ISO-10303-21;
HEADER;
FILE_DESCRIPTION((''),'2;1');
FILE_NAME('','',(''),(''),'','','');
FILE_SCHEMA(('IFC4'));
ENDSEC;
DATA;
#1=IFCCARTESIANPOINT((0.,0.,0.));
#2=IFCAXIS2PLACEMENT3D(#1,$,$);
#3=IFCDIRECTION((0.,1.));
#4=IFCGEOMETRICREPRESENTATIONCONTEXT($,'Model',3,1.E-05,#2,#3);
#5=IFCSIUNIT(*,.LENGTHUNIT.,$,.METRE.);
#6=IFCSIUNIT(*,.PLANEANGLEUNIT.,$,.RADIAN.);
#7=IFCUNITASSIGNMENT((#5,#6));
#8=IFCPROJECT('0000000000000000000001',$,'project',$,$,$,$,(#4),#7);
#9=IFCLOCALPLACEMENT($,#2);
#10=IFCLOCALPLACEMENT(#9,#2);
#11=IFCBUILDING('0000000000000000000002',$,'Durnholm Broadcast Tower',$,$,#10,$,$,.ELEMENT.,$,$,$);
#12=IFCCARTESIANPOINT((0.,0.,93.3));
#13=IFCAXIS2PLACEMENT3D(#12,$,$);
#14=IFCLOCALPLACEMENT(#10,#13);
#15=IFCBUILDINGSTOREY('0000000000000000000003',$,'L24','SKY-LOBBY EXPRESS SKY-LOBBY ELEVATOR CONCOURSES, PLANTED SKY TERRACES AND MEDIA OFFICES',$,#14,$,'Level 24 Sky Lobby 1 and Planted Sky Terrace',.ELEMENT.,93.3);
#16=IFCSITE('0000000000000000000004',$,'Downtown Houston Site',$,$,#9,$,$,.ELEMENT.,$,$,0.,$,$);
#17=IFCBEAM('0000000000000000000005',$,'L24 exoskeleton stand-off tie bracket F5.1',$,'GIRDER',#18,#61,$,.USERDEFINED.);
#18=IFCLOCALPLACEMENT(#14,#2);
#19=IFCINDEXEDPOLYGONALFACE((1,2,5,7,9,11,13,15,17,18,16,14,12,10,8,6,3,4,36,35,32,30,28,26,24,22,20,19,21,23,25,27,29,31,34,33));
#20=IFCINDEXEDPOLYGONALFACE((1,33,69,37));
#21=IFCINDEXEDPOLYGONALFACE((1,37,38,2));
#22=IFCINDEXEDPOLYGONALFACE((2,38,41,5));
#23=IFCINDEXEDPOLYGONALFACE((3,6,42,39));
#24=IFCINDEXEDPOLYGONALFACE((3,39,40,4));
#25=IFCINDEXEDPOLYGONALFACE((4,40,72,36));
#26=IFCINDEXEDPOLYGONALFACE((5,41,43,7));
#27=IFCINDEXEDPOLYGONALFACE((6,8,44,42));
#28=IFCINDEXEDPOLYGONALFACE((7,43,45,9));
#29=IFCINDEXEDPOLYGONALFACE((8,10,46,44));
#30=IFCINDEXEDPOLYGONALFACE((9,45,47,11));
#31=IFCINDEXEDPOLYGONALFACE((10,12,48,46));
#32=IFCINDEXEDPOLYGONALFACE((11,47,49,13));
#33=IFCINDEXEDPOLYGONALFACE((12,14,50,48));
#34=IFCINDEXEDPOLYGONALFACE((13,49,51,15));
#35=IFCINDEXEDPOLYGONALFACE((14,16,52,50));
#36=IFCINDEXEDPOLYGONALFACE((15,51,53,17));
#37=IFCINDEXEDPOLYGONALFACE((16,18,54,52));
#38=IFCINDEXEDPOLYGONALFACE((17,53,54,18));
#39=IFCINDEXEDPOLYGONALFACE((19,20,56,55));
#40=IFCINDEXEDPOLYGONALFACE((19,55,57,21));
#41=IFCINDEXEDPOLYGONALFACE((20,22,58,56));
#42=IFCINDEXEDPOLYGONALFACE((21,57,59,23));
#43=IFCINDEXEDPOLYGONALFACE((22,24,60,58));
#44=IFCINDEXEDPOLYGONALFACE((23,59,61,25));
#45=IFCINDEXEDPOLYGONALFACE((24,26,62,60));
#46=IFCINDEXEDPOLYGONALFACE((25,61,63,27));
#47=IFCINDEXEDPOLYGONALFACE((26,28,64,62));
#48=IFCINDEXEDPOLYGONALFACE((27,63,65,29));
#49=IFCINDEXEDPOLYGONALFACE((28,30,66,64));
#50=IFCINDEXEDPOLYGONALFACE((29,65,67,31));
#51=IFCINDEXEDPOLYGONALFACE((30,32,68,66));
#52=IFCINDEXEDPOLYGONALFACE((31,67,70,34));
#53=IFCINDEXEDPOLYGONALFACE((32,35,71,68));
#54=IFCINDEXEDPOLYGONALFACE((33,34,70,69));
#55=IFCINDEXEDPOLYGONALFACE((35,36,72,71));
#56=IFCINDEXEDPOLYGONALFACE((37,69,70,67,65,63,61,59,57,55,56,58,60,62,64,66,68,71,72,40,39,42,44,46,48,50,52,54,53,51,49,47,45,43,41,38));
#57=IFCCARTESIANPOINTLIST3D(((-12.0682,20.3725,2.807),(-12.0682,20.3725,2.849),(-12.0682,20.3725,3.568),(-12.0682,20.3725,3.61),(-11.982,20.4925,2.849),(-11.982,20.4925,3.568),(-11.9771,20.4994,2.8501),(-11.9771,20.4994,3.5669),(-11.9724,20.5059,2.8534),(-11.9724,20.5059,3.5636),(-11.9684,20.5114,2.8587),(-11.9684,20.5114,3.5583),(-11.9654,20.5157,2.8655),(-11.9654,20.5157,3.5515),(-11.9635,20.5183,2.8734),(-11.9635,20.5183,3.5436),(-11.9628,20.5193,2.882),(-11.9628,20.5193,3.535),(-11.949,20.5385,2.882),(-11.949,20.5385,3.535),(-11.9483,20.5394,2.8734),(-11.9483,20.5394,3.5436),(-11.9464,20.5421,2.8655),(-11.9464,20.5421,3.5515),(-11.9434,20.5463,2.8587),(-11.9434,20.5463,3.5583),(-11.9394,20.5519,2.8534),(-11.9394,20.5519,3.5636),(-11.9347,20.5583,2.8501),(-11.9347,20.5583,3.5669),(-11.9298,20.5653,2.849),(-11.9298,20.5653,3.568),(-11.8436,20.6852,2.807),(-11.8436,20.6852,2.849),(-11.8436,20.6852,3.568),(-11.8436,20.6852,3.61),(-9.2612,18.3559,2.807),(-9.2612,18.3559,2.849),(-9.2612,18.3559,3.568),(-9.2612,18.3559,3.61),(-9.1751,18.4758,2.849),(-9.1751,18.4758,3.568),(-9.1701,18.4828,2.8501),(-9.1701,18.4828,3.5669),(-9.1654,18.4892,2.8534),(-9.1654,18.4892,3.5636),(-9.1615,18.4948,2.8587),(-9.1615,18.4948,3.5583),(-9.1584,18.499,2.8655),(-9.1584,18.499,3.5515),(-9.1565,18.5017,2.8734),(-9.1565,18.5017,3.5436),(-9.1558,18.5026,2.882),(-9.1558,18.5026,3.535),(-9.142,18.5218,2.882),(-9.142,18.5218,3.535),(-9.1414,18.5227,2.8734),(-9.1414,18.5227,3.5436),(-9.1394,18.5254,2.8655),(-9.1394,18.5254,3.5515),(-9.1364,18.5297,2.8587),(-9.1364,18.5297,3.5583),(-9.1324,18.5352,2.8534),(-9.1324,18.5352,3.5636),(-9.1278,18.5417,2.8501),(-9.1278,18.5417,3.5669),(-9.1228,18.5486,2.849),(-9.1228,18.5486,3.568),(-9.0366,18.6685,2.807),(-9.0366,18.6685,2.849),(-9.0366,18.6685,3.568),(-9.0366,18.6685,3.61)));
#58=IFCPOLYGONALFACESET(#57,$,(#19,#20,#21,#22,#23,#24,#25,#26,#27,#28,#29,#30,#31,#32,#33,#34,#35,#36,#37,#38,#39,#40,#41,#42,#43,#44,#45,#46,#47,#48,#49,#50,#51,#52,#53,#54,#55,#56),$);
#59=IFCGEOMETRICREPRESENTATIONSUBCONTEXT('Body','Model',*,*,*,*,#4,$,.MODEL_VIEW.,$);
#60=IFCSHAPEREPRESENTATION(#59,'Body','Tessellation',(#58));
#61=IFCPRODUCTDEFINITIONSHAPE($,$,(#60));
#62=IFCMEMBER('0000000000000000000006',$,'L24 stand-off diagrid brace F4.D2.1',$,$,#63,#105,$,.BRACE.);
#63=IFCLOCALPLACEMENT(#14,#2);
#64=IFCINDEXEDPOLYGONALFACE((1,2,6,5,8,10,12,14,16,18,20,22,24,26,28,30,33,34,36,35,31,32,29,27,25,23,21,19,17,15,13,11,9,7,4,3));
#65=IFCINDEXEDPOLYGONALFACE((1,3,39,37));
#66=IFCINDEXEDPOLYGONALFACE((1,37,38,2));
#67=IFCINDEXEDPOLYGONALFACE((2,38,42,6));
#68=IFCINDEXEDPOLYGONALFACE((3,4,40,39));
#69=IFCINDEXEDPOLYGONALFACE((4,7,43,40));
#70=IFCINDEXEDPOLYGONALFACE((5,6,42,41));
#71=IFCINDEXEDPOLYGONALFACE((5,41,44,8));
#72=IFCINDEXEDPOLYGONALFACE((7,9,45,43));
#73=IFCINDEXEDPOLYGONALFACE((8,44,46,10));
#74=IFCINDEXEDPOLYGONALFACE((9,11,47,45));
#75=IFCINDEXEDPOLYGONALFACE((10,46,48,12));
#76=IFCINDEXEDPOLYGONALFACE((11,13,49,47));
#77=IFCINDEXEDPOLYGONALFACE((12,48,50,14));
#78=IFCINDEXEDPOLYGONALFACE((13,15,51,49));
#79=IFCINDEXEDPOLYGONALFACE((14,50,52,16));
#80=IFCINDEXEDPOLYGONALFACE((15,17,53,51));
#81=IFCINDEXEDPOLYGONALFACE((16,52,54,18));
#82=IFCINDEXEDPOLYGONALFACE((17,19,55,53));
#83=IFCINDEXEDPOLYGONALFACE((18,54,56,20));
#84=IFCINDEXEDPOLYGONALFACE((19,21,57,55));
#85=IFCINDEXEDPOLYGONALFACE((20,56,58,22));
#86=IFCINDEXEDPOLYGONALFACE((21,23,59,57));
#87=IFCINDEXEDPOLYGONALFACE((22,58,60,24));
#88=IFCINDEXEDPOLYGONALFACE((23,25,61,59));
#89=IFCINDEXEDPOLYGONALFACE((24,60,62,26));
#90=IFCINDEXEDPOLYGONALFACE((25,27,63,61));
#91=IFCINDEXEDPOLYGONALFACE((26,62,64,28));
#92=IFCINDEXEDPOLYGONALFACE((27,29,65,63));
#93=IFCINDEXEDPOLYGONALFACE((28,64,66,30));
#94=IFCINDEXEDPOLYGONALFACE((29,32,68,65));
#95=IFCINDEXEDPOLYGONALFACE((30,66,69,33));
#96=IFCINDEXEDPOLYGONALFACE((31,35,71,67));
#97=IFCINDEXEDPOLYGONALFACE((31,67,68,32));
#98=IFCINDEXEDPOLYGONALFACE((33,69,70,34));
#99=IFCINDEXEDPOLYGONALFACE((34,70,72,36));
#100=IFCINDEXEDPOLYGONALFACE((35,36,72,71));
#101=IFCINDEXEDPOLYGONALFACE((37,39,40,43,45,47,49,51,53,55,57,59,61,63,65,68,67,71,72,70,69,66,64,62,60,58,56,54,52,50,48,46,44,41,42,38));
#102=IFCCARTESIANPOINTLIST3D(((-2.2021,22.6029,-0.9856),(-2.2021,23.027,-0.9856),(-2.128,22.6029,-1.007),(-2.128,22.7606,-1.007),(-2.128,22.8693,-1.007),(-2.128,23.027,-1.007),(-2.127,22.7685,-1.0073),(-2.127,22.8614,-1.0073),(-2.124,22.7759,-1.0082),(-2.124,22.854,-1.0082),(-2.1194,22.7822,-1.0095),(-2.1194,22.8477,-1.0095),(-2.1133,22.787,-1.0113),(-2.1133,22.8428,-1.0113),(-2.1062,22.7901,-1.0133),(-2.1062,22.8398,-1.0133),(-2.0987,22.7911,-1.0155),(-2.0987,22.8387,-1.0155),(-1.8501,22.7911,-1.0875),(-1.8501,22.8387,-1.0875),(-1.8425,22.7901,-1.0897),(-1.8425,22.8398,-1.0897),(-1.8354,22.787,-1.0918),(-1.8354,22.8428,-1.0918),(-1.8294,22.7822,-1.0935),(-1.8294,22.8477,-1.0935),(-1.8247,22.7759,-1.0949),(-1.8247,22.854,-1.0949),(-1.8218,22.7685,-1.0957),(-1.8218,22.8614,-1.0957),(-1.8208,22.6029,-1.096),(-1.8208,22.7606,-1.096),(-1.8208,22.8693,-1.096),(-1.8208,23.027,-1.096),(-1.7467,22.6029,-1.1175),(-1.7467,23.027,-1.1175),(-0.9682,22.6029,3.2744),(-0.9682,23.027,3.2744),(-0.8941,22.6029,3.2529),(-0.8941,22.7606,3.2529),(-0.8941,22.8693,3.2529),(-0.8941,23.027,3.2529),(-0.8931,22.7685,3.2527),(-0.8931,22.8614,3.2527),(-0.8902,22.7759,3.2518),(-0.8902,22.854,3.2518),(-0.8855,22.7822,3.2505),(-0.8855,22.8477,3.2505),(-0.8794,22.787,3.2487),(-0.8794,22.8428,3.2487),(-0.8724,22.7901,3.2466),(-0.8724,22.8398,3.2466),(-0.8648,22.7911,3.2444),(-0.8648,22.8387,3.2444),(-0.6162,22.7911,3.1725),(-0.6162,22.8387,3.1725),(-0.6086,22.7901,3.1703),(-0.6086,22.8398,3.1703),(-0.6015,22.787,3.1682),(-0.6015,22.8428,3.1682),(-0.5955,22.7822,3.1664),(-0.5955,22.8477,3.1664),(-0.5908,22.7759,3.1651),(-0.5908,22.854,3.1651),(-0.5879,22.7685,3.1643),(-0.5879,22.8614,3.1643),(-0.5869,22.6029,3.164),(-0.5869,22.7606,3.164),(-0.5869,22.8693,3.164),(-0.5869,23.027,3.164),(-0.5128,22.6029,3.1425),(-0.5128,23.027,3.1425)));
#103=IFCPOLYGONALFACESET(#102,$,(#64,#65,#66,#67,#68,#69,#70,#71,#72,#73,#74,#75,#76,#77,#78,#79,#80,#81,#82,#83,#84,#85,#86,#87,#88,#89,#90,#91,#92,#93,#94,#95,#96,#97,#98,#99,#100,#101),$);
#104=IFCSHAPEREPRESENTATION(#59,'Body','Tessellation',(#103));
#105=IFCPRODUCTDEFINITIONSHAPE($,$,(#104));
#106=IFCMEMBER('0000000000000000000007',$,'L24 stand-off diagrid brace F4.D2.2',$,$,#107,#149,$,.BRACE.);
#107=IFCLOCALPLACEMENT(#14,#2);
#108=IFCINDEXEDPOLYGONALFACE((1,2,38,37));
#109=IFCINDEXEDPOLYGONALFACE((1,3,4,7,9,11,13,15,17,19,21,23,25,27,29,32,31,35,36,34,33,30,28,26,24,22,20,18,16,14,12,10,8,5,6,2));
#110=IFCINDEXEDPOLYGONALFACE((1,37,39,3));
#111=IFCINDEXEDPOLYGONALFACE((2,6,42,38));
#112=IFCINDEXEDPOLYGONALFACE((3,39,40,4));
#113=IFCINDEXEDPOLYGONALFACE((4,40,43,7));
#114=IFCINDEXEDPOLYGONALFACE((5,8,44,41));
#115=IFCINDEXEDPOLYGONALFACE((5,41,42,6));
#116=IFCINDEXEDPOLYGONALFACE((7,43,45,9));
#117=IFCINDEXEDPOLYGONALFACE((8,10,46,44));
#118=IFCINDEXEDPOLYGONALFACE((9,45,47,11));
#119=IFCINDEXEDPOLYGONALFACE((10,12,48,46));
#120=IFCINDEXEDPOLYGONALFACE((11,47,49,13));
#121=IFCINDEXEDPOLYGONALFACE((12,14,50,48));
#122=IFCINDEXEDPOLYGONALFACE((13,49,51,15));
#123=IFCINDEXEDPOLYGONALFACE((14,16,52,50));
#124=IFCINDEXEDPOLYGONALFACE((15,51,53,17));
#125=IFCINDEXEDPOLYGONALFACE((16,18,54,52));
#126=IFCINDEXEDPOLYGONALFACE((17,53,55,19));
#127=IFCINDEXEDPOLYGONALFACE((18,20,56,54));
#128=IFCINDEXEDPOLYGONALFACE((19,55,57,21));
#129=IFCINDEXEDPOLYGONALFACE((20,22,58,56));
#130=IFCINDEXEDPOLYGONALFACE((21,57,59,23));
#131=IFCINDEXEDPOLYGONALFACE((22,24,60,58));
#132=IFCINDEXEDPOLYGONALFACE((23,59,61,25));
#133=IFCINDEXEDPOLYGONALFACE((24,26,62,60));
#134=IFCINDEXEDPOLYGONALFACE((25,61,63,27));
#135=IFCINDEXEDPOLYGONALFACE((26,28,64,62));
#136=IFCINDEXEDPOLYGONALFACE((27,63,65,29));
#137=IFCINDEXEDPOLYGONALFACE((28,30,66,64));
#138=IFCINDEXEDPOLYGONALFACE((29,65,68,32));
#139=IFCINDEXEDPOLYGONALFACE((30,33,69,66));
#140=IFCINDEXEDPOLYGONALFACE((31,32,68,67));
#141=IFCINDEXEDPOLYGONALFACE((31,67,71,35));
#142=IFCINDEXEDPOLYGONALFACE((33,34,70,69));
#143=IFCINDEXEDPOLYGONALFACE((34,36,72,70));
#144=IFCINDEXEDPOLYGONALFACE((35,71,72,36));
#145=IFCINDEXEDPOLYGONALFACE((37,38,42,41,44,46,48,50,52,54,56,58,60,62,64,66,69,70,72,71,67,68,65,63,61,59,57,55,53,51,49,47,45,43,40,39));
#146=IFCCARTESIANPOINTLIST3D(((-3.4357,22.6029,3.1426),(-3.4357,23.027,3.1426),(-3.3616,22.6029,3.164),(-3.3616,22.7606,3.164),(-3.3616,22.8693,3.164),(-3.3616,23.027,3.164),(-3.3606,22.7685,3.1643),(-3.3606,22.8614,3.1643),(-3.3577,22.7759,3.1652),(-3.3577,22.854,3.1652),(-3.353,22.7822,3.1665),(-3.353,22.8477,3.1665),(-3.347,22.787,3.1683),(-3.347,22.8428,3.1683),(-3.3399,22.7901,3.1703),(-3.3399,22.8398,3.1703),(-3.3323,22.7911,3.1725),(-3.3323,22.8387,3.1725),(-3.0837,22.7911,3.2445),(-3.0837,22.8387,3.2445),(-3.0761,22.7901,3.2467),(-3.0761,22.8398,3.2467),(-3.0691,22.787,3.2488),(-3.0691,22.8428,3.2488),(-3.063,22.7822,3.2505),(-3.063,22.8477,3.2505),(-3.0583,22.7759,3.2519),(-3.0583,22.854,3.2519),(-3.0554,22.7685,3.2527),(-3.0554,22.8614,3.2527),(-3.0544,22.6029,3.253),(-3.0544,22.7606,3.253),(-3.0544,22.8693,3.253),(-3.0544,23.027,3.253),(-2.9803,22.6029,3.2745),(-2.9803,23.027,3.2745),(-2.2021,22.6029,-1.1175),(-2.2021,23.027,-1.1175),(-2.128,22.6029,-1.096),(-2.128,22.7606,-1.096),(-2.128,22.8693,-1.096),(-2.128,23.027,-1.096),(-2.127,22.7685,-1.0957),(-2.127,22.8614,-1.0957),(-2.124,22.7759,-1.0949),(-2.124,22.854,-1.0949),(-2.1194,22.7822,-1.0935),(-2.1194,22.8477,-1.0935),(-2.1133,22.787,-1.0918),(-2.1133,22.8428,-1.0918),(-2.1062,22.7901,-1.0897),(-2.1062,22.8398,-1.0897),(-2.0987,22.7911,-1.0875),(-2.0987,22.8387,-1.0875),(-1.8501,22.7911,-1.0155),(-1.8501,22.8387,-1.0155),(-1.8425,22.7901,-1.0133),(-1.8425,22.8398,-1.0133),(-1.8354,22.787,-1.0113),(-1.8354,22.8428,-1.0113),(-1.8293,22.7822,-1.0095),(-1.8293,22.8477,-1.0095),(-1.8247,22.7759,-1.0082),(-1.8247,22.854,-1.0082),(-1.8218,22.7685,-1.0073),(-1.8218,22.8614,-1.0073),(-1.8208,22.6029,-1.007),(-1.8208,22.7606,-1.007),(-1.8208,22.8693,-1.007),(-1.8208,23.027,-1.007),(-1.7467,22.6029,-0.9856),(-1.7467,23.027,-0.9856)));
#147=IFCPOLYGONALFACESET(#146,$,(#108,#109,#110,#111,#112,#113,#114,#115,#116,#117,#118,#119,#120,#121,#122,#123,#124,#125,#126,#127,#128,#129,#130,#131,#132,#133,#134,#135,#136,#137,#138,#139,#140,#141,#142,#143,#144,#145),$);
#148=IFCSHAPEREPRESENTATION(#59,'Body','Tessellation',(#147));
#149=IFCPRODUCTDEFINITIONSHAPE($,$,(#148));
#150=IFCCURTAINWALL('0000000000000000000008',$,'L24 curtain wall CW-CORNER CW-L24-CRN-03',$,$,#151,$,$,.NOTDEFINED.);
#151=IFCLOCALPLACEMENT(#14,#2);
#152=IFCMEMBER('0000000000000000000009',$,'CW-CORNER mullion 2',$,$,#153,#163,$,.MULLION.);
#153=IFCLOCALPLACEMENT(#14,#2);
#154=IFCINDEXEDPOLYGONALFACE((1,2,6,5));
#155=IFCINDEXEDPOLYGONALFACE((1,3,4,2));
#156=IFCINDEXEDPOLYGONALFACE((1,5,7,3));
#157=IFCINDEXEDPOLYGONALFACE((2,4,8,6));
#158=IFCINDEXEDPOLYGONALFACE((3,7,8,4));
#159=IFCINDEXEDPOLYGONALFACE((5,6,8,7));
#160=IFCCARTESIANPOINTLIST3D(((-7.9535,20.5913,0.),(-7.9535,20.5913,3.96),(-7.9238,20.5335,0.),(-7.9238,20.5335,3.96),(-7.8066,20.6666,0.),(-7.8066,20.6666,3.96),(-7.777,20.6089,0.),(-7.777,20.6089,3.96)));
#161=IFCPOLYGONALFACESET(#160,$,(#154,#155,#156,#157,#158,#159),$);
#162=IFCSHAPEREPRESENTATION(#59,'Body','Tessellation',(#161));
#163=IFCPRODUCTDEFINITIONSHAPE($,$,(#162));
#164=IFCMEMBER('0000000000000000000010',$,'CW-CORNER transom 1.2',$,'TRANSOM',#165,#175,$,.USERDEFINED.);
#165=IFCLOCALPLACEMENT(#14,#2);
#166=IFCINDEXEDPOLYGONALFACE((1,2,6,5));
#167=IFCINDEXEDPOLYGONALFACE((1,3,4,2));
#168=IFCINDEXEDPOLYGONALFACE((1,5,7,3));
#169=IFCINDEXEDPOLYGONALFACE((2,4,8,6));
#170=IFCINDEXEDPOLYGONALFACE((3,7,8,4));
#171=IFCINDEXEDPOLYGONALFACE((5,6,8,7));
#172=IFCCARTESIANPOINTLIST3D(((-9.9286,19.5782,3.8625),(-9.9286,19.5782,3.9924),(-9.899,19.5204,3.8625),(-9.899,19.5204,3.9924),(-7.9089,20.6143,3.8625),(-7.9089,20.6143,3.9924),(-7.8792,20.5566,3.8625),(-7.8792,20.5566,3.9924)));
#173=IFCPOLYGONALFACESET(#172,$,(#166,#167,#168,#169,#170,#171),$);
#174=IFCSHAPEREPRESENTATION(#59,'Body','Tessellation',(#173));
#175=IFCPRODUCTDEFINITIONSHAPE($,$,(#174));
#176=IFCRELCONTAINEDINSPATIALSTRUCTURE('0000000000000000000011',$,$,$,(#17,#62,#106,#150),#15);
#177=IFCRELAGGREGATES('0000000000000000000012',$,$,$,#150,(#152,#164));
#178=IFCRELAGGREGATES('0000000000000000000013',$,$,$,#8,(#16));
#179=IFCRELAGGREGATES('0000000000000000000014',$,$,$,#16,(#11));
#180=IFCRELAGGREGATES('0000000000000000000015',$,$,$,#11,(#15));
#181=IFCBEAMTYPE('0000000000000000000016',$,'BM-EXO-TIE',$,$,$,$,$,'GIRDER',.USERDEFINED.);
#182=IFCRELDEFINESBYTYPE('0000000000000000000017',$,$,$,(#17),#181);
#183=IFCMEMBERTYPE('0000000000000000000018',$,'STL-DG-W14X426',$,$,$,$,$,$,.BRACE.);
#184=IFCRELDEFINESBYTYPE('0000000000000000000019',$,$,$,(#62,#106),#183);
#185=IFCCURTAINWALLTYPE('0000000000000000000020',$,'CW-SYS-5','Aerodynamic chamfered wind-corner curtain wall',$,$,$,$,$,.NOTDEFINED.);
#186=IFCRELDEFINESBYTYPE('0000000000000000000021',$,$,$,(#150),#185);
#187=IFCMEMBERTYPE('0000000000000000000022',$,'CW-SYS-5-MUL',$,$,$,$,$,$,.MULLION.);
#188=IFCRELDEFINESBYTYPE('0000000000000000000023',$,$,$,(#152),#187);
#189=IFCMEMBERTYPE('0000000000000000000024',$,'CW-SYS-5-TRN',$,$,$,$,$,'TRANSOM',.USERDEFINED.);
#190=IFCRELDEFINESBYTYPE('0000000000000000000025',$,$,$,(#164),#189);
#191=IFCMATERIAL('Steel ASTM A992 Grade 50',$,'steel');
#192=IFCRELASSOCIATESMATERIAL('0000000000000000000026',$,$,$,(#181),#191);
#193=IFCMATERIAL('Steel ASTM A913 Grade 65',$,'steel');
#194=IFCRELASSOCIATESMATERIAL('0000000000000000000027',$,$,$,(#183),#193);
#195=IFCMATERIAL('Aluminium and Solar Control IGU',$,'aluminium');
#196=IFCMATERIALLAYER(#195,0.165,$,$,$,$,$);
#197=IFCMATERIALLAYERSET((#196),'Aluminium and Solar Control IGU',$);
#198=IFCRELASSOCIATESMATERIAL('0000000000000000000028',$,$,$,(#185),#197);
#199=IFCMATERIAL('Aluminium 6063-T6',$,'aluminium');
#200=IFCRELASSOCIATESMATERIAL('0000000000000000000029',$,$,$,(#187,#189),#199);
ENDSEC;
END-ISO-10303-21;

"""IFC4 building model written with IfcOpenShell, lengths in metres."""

from ifc_helpers import new_model, si_unit, direction, frame, origin, origin_2d, place, context, subcontext, project, spatial, rectangle, i_section, extrude, source, transform, mapped, material, layer, layer_set, material_profile, profile_set, type_object, type_shapes, element, aggregate, save


model = new_model("IFC4")

# Units and contexts
model_context = context("Model", 3, precision=1e-05, world=origin(), true_north=direction((0.0, 1.0)))
body_context = subcontext(model_context, "Body", "Model", "MODEL_VIEW")
ifc_project = project(units=[si_unit("LENGTHUNIT", "METRE"), si_unit("PLANEANGLEUNIT", "RADIAN")], contexts=[model_context])

# Site, building, storey
site_placement = place(None, origin())
site = spatial("IfcSite", under=ifc_project, at=site_placement, Name="Downtown Houston Site", CompositionType="ELEMENT", RefElevation=0.0)
building_placement = place(site_placement, origin())
building = spatial("IfcBuilding", under=site, at=building_placement, Name="Durnholm Broadcast Tower", CompositionType="ELEMENT")
storey_placement = place(building_placement, frame((0.0, 0.0, 93.3)))
storey = spatial("IfcBuildingStorey", under=building, at=storey_placement, Name="L24", Description="SKY-LOBBY EXPRESS SKY-LOBBY ELEVATOR CONCOURSES, PLANTED SKY TERRACES AND MEDIA OFFICES", LongName="Level 24 Sky Lobby 1 and Planted Sky Terrace", CompositionType="ELEMENT", Elevation=93.3)

# Beam
ifc_material_1 = material(Name="Steel ASTM A992 Grade 50", Category="steel")
ifc_material_profile_1 = material_profile(ifc_material_1, i_section(OverallWidth=0.385, OverallDepth=0.803, WebThickness=0.0237, FlangeThickness=0.042, FilletRadius=0.033, at=origin_2d()), Name="W30X261")
ifc_profile_set_1 = profile_set([ifc_material_profile_1], Name="Steel ASTM A992 Grade 50")
beam_type_1 = type_object("IfcBeamType", Name="BM-EXO-TIE", ElementType="GIRDER", PredefinedType="USERDEFINED", material=ifc_profile_set_1)
shared_shape_1 = source(origin(), body_context, "Body", "SweptSolid", [
    extrude(i_section(OverallWidth=0.385, OverallDepth=0.803, WebThickness=0.0237, FlangeThickness=0.042, FilletRadius=0.033, at=origin_2d()), origin(), (0.0, 0.0, 1.0), 3.4563),
])
beam_1_placement = place(storey_placement, frame((-9.1489, 18.5122, 3.2085), z_axis=(-0.812131, 0.583474, 0.0), x_axis=(-0.583474, -0.812131, 0.0)))
element("IfcBeam", 1, at=beam_1_placement, inside=storey, type_object=beam_type_1, Name="L24 exoskeleton stand-off tie bracket F5.1", ObjectType="GIRDER", PredefinedType="USERDEFINED", context=body_context, shape_type="MappedRepresentation", body=[
    mapped(shared_shape_1, transform((0.0, 0.0, 0.0), x_axis=(1.0, 0.0, 0.0), y_axis=(0.0, 1.0, 0.0), z_axis=(0.0, 0.0, 1.0), scale=1.0)),
])

# Members
ifc_material_2 = material(Name="Steel ASTM A913 Grade 65", Category="steel")
ifc_material_profile_2 = material_profile(ifc_material_2, i_section(OverallWidth=0.4241, OverallDepth=0.4741, WebThickness=0.0476, FlangeThickness=0.0771, FilletRadius=0.0305, at=origin_2d()), Name="W14X426")
ifc_profile_set_2 = profile_set([ifc_material_profile_2], Name="Steel ASTM A913 Grade 65")
member_type_1 = type_object("IfcMemberType", Name="STL-DG-W14X426", PredefinedType="BRACE", material=ifc_profile_set_2)
shared_shape_2 = source(origin(), body_context, "Body", "SweptSolid", [
    extrude(i_section(OverallWidth=0.4241, OverallDepth=0.4741, WebThickness=0.0476, FlangeThickness=0.0771, FilletRadius=0.0305, at=origin_2d()), origin(), (0.0, 0.0, 1.0), 4.4351),
])
type_shapes(member_type_1, [shared_shape_2])
for number, where, z_axis, x_axis, name in (
    (2, (-1.9744, 22.8149, -1.0515), (0.278209, 0.0, 0.960521), (0.0, 1.0, 0.0), "L24 stand-off diagrid brace F4.D2.1"),
    (3, (-1.9744, 22.8149, -1.0515), (-0.278158, 0.0, 0.960535), (0.0, -1.0, 0.0), "L24 stand-off diagrid brace F4.D2.2"),
):
    element("IfcMember", number, at=place(storey_placement, frame(where, z_axis=z_axis, x_axis=x_axis)), inside=storey, type_object=member_type_1, Name=name, PredefinedType="BRACE", context=body_context, shape_type="MappedRepresentation", body=[
        mapped(shared_shape_2, transform((0.0, 0.0, 0.0), x_axis=(1.0, 0.0, 0.0), y_axis=(0.0, 1.0, 0.0), z_axis=(0.0, 0.0, 1.0), scale=1.0)),
    ])

# Curtain wall, members
ifc_material_3 = material(Name="Aluminium and Solar Control IGU", Category="aluminium")
ifc_layer_1 = layer(ifc_material_3, 0.165)
ifc_layer_set_1 = layer_set([ifc_layer_1], Name="Aluminium and Solar Control IGU")
curtain_wall_type = type_object("IfcCurtainWallType", Name="CW-SYS-5", Description="Aerodynamic chamfered wind-corner curtain wall", PredefinedType="NOTDEFINED", material=ifc_layer_set_1)
curtain_wall_placement = place(storey_placement, origin())
curtain_wall = element("IfcCurtainWall", 4, at=curtain_wall_placement, inside=storey, type_object=curtain_wall_type, Name="L24 curtain wall CW-CORNER CW-L24-CRN-03", PredefinedType="NOTDEFINED")
ifc_material_4 = material(Name="Aluminium 6063-T6", Category="aluminium")
ifc_material_profile_3 = material_profile(ifc_material_4, rectangle(XDim=0.0649, YDim=0.165, at=origin_2d()), Name="CWM65X165")
ifc_profile_set_3 = profile_set([ifc_material_profile_3], Name="Aluminium 6063-T6")
member_type_2 = type_object("IfcMemberType", Name="CW-SYS-5-MUL", PredefinedType="MULLION", material=ifc_profile_set_3)
shared_shape_3 = source(origin(), body_context, "Body", "SweptSolid", [
    extrude(rectangle(XDim=0.0649, YDim=0.165, at=origin_2d()), origin(), (0.0, 0.0, 1.0), 3.96),
])
type_shapes(member_type_2, [shared_shape_3])
member_1_placement = place(storey_placement, frame((-7.8652, 20.6001, 0.0), z_axis=(0.0, 0.0, 1.0), x_axis=(-0.456373, 0.889788, 0.0)))
member_1 = element("IfcMember", 5, at=member_1_placement, type_object=member_type_2, Name="CW-CORNER mullion 2", PredefinedType="MULLION", context=body_context, shape_type="MappedRepresentation", body=[
    mapped(shared_shape_3, transform((0.0, 0.0, 0.0), x_axis=(1.0, 0.0, 0.0), y_axis=(0.0, 1.0, 0.0), z_axis=(0.0, 0.0, 1.0), scale=1.0)),
])
ifc_material_profile_4 = material_profile(ifc_material_4, rectangle(XDim=0.0649, YDim=0.1299, at=origin_2d()), Name="CWT65X130")
ifc_profile_set_4 = profile_set([ifc_material_profile_4], Name="Aluminium 6063-T6")
member_type_3 = type_object("IfcMemberType", Name="CW-SYS-5-TRN", ElementType="TRANSOM", PredefinedType="USERDEFINED", material=ifc_profile_set_4)
shared_shape_4 = source(origin(), body_context, "Body", "SweptSolid", [
    extrude(rectangle(XDim=0.0649, YDim=0.1299, at=origin_2d()), origin(), (0.0, 0.0, 1.0), 2.27),
])
type_shapes(member_type_3, [shared_shape_4])
member_2_placement = place(storey_placement, frame((-9.9138, 19.5493, 3.9275), z_axis=(0.889755, 0.456439, 0.0), x_axis=(-0.456439, 0.889755, 0.0)))
member_2 = element("IfcMember", 6, at=member_2_placement, type_object=member_type_3, Name="CW-CORNER transom 1.2", ObjectType="TRANSOM", PredefinedType="USERDEFINED", context=body_context, shape_type="MappedRepresentation", body=[
    mapped(shared_shape_4, transform((0.0, 0.0, 0.0), x_axis=(1.0, 0.0, 0.0), y_axis=(0.0, 1.0, 0.0), z_axis=(0.0, 0.0, 1.0), scale=1.0)),
])
aggregate(curtain_wall, [member_1, member_2])

save(model, "model.ifc")
